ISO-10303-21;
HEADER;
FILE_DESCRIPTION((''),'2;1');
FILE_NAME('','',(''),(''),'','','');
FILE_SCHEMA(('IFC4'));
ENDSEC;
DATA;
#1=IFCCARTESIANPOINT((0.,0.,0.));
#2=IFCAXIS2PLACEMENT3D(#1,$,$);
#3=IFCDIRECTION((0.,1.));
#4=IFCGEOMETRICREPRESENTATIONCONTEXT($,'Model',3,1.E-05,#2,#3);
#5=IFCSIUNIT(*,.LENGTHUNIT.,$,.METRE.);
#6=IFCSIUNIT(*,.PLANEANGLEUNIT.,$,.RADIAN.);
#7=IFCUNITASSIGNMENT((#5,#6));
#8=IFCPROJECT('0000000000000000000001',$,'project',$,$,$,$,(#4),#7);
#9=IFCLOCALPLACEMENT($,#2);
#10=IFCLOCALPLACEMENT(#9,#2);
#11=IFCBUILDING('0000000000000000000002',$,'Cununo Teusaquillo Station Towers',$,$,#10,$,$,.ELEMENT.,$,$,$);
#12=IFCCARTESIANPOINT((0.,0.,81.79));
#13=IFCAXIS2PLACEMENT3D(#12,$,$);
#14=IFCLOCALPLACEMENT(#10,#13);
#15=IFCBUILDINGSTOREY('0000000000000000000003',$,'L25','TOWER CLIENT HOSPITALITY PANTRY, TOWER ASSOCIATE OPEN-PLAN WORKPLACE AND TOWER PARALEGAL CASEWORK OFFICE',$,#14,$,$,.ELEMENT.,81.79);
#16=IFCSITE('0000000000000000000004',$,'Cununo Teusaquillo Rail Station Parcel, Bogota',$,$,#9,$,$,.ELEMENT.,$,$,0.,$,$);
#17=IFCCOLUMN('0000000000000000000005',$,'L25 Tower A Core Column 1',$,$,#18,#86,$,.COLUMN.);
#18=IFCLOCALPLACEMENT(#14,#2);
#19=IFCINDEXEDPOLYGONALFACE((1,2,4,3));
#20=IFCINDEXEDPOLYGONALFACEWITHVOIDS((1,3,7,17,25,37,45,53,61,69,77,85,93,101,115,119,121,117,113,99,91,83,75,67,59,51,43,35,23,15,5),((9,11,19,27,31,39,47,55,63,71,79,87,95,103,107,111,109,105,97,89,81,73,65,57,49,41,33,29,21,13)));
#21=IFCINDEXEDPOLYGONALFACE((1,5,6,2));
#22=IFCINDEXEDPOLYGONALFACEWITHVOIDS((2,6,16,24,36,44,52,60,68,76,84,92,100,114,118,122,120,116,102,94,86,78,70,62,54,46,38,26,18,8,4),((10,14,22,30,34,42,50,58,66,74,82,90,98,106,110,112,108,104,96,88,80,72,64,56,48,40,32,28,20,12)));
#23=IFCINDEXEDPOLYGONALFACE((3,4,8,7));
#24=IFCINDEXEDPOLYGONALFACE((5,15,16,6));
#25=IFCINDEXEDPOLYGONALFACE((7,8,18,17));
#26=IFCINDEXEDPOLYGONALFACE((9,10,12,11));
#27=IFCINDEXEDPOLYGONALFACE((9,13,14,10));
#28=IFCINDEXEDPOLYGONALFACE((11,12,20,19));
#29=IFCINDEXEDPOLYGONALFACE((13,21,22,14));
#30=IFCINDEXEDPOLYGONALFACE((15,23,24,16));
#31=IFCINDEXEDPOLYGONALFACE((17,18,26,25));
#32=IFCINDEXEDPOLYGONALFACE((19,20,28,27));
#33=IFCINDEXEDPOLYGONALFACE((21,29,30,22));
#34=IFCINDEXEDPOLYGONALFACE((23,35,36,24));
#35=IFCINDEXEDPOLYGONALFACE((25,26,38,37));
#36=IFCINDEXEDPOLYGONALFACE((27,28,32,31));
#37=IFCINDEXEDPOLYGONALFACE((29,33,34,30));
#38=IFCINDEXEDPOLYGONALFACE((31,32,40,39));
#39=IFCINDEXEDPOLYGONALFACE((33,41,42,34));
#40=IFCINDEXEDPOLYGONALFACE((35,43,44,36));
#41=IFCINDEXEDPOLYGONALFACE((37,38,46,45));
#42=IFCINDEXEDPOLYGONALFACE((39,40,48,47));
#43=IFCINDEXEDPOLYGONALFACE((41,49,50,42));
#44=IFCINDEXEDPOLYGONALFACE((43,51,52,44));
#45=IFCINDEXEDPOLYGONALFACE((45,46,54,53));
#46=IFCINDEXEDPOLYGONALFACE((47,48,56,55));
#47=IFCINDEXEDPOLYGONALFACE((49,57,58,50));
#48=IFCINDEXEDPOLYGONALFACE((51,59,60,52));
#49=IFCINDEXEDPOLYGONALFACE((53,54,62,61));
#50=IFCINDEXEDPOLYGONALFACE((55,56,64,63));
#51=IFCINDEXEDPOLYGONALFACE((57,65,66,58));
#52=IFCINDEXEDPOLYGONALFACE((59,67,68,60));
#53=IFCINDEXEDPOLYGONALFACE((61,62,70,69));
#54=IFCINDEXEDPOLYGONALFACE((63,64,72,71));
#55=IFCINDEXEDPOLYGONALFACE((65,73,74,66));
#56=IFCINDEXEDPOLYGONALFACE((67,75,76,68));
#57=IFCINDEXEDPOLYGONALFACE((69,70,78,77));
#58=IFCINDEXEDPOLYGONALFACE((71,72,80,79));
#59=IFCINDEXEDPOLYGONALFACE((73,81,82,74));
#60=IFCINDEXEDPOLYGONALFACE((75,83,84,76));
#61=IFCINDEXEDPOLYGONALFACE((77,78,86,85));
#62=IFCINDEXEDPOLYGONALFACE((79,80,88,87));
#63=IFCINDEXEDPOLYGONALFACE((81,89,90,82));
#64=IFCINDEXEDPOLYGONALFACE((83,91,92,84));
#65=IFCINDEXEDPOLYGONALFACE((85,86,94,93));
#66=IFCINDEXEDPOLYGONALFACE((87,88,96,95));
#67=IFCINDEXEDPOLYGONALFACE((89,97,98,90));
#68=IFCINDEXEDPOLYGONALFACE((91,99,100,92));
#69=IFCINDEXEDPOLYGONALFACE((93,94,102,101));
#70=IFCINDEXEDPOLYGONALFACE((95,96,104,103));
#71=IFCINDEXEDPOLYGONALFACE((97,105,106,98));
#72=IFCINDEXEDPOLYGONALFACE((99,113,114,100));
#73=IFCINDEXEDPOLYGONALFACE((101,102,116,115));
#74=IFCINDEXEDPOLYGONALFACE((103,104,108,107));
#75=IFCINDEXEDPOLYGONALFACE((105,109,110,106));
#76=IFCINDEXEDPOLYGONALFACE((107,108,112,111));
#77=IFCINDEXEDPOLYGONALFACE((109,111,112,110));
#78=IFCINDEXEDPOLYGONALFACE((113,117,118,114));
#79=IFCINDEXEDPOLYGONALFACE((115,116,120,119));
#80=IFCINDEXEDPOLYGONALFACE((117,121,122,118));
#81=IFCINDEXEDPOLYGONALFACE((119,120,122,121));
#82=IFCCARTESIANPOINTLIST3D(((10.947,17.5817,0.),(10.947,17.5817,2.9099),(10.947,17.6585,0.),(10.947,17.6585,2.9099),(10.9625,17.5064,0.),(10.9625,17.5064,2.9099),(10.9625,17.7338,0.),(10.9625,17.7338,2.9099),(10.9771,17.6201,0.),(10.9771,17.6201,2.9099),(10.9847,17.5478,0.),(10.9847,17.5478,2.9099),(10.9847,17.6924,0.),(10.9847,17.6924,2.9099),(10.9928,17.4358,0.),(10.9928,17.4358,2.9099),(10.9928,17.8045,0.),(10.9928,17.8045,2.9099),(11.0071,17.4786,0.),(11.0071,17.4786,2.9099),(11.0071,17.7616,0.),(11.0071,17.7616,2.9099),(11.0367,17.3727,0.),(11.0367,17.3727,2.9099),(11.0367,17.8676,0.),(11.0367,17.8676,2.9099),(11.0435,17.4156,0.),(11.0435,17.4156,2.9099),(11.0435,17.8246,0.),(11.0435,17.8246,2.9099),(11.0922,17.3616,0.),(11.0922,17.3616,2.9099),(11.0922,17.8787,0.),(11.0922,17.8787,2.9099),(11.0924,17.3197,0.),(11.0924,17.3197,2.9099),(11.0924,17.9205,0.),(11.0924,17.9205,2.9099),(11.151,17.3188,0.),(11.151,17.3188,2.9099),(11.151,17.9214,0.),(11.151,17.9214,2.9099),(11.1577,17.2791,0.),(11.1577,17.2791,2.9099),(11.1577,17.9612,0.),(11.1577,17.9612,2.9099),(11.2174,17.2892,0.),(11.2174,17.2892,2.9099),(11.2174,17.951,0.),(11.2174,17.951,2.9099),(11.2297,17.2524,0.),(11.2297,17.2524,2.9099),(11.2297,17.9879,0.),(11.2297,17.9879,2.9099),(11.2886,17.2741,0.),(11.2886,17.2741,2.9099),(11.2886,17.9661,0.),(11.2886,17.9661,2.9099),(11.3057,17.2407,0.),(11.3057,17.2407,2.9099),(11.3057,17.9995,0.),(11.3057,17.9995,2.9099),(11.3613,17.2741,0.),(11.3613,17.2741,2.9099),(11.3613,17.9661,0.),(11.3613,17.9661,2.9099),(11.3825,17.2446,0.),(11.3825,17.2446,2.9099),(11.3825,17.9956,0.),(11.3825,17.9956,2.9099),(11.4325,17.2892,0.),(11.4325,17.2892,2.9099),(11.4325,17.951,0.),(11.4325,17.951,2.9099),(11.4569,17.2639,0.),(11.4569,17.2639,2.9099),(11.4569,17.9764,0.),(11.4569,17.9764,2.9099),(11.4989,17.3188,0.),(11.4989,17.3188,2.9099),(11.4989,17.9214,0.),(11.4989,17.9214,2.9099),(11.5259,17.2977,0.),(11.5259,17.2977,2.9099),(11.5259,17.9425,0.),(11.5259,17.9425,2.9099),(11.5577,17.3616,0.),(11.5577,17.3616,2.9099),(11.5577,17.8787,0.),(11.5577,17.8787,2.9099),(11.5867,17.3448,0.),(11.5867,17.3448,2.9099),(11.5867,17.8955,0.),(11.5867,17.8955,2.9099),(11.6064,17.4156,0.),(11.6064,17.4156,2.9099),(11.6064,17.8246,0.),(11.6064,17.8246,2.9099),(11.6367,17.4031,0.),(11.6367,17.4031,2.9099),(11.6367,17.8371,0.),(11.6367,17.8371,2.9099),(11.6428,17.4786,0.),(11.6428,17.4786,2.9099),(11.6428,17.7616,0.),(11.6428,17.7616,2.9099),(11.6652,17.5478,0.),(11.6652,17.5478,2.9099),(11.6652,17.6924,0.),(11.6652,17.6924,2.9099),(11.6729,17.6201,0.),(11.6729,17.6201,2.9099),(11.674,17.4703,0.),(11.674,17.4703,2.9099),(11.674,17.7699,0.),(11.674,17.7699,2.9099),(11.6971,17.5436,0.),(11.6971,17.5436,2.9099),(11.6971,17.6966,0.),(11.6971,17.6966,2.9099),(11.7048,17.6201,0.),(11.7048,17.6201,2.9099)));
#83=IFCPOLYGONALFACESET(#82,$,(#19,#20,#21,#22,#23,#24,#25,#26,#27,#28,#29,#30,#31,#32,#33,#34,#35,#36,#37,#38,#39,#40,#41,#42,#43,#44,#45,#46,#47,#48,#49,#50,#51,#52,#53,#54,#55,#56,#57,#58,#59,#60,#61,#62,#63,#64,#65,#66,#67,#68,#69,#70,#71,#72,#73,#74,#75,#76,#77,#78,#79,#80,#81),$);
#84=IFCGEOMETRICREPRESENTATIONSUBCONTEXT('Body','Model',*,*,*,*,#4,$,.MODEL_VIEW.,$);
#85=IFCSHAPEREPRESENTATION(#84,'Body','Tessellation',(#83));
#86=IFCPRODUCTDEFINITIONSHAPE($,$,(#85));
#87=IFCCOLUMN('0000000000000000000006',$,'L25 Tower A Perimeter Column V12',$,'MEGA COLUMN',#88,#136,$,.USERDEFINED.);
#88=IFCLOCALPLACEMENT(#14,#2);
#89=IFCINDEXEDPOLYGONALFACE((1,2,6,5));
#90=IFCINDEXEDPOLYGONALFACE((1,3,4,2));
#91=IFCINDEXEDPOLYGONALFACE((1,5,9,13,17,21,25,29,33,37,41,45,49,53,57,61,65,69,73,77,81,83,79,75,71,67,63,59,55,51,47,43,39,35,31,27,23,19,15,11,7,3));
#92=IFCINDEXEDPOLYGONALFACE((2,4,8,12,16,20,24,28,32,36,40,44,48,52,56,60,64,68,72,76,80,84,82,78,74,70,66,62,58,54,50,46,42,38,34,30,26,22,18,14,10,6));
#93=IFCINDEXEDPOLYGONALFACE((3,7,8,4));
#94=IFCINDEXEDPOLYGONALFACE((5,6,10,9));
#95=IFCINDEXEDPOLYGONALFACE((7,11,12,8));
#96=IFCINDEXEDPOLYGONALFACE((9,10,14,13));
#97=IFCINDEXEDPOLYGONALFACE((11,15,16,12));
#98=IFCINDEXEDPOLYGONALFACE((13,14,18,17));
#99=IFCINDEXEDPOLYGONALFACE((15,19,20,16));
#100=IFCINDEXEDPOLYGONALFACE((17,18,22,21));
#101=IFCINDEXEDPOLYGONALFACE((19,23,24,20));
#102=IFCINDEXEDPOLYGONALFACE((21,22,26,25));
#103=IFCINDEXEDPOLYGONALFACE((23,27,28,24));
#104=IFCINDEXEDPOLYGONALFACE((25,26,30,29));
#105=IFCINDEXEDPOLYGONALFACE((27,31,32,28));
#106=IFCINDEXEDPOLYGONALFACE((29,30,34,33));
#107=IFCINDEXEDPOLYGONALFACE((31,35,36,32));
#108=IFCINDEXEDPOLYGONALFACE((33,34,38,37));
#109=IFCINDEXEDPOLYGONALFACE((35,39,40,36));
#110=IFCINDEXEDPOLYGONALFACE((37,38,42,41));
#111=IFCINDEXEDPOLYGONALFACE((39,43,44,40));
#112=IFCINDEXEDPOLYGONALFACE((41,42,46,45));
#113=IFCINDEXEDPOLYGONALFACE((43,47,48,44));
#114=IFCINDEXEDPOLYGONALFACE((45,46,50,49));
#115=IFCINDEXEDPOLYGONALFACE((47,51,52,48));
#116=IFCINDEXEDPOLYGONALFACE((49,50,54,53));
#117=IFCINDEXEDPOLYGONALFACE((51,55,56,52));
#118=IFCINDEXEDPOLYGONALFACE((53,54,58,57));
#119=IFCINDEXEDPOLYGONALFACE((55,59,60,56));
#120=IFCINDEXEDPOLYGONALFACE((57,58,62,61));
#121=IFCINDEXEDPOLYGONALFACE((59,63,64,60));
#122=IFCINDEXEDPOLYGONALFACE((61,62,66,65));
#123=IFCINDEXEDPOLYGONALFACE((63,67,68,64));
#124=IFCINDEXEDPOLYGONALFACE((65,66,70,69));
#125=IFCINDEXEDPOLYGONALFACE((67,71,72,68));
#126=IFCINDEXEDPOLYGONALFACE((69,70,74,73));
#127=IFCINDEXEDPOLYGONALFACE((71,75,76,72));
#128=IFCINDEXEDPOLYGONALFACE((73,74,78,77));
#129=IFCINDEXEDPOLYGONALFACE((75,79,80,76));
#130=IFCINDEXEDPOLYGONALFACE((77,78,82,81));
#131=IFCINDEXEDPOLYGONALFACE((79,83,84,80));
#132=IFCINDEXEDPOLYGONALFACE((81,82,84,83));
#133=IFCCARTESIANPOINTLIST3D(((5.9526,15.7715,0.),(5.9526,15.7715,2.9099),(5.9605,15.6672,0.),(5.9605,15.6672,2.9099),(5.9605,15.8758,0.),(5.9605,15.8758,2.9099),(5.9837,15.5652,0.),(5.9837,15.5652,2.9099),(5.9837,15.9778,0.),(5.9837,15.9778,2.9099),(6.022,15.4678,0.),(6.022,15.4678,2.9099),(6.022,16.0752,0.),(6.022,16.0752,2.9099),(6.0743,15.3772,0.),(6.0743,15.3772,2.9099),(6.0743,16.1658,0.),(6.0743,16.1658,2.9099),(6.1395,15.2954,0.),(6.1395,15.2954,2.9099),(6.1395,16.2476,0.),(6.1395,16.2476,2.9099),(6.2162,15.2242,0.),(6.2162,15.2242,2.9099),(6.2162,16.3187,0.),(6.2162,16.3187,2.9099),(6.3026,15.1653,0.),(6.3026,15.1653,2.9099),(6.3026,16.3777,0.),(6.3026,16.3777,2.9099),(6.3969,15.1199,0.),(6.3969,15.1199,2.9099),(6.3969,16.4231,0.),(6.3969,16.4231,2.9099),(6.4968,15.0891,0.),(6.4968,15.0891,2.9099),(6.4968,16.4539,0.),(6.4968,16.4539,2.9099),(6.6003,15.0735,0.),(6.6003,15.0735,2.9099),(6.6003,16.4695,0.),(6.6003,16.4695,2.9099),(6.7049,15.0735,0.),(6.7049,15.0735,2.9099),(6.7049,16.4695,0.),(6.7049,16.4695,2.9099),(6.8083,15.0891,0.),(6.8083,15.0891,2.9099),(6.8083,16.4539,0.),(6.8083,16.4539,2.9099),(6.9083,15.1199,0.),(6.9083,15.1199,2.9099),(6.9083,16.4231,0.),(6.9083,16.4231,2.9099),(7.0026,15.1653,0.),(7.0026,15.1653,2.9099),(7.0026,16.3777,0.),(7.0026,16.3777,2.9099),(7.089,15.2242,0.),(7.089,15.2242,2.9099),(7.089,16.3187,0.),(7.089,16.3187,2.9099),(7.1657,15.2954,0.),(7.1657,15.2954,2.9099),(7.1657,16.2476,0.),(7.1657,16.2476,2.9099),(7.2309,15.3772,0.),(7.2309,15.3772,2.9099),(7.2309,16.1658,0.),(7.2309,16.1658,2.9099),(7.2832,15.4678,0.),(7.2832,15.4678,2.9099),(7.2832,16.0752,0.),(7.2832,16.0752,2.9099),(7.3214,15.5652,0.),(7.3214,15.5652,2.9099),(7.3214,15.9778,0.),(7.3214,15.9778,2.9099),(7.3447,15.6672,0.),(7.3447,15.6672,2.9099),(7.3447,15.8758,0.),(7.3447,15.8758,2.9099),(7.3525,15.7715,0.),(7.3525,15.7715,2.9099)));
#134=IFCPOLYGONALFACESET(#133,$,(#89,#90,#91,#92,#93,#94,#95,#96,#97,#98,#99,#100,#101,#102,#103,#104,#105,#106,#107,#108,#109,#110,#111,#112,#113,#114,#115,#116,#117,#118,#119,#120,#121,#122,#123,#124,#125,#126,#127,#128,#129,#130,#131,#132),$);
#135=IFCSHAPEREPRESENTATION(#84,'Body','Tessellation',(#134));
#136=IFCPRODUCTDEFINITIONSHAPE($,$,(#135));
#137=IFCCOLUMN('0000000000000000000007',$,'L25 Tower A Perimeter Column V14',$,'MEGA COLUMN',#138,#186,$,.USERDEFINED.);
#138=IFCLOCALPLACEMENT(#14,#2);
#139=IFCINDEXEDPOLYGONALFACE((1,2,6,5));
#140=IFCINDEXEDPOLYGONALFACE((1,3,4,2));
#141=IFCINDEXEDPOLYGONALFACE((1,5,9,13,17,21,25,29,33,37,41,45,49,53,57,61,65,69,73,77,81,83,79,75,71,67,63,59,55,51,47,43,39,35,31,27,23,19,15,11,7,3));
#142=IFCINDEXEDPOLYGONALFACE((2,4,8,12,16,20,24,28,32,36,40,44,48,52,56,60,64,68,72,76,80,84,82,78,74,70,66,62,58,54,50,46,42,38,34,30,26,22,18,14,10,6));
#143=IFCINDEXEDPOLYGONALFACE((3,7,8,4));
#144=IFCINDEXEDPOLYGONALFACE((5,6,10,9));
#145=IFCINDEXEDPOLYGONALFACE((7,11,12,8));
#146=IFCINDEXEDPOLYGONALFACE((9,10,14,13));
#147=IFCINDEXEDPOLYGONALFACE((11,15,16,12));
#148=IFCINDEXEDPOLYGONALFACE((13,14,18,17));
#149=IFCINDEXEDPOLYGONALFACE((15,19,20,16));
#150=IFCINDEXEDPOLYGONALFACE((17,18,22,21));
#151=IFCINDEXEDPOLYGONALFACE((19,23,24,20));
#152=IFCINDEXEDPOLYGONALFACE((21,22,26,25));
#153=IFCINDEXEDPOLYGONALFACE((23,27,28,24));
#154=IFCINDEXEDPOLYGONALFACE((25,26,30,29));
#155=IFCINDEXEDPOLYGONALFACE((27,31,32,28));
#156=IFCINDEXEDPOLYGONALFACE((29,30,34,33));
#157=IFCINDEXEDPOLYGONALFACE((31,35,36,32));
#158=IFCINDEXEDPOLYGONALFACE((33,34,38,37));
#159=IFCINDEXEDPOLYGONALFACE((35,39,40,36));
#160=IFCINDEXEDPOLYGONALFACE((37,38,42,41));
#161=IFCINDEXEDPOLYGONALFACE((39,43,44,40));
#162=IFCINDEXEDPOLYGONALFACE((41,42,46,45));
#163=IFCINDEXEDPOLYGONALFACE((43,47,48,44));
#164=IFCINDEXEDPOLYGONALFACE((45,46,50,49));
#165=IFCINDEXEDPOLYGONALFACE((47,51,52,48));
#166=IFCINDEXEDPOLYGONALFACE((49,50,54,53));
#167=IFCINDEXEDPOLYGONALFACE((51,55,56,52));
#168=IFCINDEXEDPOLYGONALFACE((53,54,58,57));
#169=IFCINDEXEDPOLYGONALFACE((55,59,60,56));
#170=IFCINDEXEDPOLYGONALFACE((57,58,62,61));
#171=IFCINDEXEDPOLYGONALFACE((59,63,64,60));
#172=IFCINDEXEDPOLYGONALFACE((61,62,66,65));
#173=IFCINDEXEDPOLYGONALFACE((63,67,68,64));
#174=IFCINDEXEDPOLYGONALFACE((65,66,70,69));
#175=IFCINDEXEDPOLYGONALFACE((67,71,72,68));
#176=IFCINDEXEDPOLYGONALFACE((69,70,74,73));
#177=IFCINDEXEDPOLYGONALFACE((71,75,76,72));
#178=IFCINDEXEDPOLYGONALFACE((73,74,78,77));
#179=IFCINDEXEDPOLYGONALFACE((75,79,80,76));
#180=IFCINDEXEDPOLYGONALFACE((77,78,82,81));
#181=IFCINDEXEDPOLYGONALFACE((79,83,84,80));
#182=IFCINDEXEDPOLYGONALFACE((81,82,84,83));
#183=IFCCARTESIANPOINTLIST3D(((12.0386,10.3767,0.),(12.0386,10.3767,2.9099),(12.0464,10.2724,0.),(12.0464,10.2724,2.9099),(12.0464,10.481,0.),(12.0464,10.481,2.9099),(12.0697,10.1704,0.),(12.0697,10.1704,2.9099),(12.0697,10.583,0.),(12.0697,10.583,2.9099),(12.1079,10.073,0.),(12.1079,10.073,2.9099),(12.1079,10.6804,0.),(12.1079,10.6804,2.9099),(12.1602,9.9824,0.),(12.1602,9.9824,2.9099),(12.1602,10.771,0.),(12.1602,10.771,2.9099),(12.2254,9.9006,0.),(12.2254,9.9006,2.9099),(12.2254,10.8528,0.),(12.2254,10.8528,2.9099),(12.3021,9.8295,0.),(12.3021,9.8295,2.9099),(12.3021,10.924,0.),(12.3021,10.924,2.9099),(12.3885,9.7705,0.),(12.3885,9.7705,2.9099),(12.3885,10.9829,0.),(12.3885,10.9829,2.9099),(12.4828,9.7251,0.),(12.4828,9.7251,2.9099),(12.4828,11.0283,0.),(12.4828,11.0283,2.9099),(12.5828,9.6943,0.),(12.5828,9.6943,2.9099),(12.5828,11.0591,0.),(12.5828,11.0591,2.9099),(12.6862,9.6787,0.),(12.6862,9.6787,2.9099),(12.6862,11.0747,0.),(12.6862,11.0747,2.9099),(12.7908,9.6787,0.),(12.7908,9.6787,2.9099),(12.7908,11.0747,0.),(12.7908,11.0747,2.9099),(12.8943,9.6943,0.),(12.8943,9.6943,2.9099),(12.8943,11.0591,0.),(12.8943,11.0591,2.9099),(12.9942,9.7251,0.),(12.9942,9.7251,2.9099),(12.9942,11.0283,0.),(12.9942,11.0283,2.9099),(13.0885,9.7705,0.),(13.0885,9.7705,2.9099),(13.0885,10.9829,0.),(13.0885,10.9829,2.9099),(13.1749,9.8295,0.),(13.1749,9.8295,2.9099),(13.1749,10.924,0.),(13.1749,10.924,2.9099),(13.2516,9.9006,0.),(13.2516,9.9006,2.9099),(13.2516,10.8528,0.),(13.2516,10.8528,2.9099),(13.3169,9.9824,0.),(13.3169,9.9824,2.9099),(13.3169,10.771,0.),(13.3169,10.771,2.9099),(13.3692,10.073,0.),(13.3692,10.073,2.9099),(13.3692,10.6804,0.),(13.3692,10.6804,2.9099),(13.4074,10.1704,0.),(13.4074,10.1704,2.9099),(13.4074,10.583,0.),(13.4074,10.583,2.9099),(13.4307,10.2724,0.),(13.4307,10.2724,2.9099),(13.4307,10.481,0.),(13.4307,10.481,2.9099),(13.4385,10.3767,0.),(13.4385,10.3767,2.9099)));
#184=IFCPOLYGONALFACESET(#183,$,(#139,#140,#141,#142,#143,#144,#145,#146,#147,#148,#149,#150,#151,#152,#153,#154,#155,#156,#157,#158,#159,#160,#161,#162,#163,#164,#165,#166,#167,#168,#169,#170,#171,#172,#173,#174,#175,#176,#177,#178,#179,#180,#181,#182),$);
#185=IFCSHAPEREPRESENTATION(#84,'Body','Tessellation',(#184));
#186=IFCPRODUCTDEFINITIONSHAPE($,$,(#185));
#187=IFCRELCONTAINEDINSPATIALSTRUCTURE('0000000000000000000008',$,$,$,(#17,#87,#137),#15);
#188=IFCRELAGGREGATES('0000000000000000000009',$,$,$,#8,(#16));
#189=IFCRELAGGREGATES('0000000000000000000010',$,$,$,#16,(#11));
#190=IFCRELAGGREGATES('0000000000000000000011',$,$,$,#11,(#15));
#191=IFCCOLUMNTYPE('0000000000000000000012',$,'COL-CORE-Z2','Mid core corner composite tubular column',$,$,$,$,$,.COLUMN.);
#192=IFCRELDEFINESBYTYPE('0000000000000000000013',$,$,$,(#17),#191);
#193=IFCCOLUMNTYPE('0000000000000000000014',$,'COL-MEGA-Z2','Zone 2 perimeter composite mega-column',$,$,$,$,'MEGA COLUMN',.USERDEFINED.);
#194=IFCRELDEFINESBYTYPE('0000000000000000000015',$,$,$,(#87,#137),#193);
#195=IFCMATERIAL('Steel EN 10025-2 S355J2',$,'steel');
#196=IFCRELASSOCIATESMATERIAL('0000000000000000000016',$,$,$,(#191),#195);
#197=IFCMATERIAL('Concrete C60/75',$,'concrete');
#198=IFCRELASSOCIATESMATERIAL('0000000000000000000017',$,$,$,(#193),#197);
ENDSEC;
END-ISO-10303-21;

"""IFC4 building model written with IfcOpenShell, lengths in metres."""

from ifc_helpers import new_model, si_unit, direction, frame, origin, origin_2d, place, context, subcontext, project, spatial, circle, hollow_circle, extrude, material, material_profile, profile_set, type_object, element, save


model = new_model("IFC4")

# Units and contexts
model_context = context("Model", 3, precision=1e-05, world=origin(), true_north=direction((0.0, 1.0)))
body_context = subcontext(model_context, "Body", "Model", "MODEL_VIEW")
ifc_project = project(units=[si_unit("LENGTHUNIT", "METRE"), si_unit("PLANEANGLEUNIT", "RADIAN")], contexts=[model_context])

# Site, building, storey
site_placement = place(None, origin())
site = spatial("IfcSite", under=ifc_project, at=site_placement, Name="Cununo Teusaquillo Rail Station Parcel, Bogota", CompositionType="ELEMENT", RefElevation=0.0)
building_placement = place(site_placement, origin())
building = spatial("IfcBuilding", under=site, at=building_placement, Name="Cununo Teusaquillo Station Towers", CompositionType="ELEMENT")
storey_placement = place(building_placement, frame((0.0, 0.0, 81.79)))
storey = spatial("IfcBuildingStorey", under=building, at=storey_placement, Name="L25", Description="TOWER CLIENT HOSPITALITY PANTRY, TOWER ASSOCIATE OPEN-PLAN WORKPLACE AND TOWER PARALEGAL CASEWORK OFFICE", CompositionType="ELEMENT", Elevation=81.79)

# Columns
ifc_material_1 = material(Name="Steel EN 10025-2 S355J2", Category="steel")
ifc_material_profile_1 = material_profile(ifc_material_1, hollow_circle(Radius=0.3799, WallThickness=0.032, at=origin_2d()), Name="CHS 760x32")
ifc_profile_set_1 = profile_set([ifc_material_profile_1], Name="Steel EN 10025-2 S355J2")
column_type_1 = type_object("IfcColumnType", Name="COL-CORE-Z2", Description="Mid core corner composite tubular column", PredefinedType="COLUMN", material=ifc_profile_set_1)
column_placement = place(storey_placement, frame((11.325, 17.6201, 0.0), z_axis=(0.0, 0.0, 1.0), x_axis=(1.0, 0.0, 0.0)))
element("IfcColumn", 1, at=column_placement, inside=storey, type_object=column_type_1, Name="L25 Tower A Core Column 1", PredefinedType="COLUMN", context=body_context, shape_type="SweptSolid", body=[
    extrude(hollow_circle(Radius=0.3799, WallThickness=0.032, at=origin_2d()), origin(), (0.0, 0.0, 1.0), 2.9099),
])
ifc_material_2 = material(Name="Concrete C60/75", Category="concrete")
ifc_material_profile_2 = material_profile(ifc_material_2, circle(Radius=0.7, at=origin_2d()), Name="RC-CIRC-1400")
ifc_profile_set_2 = profile_set([ifc_material_profile_2], Name="Concrete C60/75")
column_type_2 = type_object("IfcColumnType", Name="COL-MEGA-Z2", Description="Zone 2 perimeter composite mega-column", ElementType="MEGA COLUMN", PredefinedType="USERDEFINED", material=ifc_profile_set_2)
for number, where, z_axis, x_axis, name in (
    (2, (6.6526, 15.7715, 0.0), (0.0, 0.0, 1.0), (1.0, 0.0, 0.0), "L25 Tower A Perimeter Column V12"),
    (3, (12.7385, 10.3767, 0.0), (0.0, 0.0, 1.0), (1.0, 0.0, 0.0), "L25 Tower A Perimeter Column V14"),
):
    element("IfcColumn", number, at=place(storey_placement, frame(where, z_axis=z_axis, x_axis=x_axis)), inside=storey, type_object=column_type_2, Name=name, ObjectType="MEGA COLUMN", PredefinedType="USERDEFINED", context=body_context, shape_type="SweptSolid", body=[
        extrude(circle(Radius=0.7, at=origin_2d()), origin(), (0.0, 0.0, 1.0), 2.9099),
    ])

save(model, "model.ifc")
